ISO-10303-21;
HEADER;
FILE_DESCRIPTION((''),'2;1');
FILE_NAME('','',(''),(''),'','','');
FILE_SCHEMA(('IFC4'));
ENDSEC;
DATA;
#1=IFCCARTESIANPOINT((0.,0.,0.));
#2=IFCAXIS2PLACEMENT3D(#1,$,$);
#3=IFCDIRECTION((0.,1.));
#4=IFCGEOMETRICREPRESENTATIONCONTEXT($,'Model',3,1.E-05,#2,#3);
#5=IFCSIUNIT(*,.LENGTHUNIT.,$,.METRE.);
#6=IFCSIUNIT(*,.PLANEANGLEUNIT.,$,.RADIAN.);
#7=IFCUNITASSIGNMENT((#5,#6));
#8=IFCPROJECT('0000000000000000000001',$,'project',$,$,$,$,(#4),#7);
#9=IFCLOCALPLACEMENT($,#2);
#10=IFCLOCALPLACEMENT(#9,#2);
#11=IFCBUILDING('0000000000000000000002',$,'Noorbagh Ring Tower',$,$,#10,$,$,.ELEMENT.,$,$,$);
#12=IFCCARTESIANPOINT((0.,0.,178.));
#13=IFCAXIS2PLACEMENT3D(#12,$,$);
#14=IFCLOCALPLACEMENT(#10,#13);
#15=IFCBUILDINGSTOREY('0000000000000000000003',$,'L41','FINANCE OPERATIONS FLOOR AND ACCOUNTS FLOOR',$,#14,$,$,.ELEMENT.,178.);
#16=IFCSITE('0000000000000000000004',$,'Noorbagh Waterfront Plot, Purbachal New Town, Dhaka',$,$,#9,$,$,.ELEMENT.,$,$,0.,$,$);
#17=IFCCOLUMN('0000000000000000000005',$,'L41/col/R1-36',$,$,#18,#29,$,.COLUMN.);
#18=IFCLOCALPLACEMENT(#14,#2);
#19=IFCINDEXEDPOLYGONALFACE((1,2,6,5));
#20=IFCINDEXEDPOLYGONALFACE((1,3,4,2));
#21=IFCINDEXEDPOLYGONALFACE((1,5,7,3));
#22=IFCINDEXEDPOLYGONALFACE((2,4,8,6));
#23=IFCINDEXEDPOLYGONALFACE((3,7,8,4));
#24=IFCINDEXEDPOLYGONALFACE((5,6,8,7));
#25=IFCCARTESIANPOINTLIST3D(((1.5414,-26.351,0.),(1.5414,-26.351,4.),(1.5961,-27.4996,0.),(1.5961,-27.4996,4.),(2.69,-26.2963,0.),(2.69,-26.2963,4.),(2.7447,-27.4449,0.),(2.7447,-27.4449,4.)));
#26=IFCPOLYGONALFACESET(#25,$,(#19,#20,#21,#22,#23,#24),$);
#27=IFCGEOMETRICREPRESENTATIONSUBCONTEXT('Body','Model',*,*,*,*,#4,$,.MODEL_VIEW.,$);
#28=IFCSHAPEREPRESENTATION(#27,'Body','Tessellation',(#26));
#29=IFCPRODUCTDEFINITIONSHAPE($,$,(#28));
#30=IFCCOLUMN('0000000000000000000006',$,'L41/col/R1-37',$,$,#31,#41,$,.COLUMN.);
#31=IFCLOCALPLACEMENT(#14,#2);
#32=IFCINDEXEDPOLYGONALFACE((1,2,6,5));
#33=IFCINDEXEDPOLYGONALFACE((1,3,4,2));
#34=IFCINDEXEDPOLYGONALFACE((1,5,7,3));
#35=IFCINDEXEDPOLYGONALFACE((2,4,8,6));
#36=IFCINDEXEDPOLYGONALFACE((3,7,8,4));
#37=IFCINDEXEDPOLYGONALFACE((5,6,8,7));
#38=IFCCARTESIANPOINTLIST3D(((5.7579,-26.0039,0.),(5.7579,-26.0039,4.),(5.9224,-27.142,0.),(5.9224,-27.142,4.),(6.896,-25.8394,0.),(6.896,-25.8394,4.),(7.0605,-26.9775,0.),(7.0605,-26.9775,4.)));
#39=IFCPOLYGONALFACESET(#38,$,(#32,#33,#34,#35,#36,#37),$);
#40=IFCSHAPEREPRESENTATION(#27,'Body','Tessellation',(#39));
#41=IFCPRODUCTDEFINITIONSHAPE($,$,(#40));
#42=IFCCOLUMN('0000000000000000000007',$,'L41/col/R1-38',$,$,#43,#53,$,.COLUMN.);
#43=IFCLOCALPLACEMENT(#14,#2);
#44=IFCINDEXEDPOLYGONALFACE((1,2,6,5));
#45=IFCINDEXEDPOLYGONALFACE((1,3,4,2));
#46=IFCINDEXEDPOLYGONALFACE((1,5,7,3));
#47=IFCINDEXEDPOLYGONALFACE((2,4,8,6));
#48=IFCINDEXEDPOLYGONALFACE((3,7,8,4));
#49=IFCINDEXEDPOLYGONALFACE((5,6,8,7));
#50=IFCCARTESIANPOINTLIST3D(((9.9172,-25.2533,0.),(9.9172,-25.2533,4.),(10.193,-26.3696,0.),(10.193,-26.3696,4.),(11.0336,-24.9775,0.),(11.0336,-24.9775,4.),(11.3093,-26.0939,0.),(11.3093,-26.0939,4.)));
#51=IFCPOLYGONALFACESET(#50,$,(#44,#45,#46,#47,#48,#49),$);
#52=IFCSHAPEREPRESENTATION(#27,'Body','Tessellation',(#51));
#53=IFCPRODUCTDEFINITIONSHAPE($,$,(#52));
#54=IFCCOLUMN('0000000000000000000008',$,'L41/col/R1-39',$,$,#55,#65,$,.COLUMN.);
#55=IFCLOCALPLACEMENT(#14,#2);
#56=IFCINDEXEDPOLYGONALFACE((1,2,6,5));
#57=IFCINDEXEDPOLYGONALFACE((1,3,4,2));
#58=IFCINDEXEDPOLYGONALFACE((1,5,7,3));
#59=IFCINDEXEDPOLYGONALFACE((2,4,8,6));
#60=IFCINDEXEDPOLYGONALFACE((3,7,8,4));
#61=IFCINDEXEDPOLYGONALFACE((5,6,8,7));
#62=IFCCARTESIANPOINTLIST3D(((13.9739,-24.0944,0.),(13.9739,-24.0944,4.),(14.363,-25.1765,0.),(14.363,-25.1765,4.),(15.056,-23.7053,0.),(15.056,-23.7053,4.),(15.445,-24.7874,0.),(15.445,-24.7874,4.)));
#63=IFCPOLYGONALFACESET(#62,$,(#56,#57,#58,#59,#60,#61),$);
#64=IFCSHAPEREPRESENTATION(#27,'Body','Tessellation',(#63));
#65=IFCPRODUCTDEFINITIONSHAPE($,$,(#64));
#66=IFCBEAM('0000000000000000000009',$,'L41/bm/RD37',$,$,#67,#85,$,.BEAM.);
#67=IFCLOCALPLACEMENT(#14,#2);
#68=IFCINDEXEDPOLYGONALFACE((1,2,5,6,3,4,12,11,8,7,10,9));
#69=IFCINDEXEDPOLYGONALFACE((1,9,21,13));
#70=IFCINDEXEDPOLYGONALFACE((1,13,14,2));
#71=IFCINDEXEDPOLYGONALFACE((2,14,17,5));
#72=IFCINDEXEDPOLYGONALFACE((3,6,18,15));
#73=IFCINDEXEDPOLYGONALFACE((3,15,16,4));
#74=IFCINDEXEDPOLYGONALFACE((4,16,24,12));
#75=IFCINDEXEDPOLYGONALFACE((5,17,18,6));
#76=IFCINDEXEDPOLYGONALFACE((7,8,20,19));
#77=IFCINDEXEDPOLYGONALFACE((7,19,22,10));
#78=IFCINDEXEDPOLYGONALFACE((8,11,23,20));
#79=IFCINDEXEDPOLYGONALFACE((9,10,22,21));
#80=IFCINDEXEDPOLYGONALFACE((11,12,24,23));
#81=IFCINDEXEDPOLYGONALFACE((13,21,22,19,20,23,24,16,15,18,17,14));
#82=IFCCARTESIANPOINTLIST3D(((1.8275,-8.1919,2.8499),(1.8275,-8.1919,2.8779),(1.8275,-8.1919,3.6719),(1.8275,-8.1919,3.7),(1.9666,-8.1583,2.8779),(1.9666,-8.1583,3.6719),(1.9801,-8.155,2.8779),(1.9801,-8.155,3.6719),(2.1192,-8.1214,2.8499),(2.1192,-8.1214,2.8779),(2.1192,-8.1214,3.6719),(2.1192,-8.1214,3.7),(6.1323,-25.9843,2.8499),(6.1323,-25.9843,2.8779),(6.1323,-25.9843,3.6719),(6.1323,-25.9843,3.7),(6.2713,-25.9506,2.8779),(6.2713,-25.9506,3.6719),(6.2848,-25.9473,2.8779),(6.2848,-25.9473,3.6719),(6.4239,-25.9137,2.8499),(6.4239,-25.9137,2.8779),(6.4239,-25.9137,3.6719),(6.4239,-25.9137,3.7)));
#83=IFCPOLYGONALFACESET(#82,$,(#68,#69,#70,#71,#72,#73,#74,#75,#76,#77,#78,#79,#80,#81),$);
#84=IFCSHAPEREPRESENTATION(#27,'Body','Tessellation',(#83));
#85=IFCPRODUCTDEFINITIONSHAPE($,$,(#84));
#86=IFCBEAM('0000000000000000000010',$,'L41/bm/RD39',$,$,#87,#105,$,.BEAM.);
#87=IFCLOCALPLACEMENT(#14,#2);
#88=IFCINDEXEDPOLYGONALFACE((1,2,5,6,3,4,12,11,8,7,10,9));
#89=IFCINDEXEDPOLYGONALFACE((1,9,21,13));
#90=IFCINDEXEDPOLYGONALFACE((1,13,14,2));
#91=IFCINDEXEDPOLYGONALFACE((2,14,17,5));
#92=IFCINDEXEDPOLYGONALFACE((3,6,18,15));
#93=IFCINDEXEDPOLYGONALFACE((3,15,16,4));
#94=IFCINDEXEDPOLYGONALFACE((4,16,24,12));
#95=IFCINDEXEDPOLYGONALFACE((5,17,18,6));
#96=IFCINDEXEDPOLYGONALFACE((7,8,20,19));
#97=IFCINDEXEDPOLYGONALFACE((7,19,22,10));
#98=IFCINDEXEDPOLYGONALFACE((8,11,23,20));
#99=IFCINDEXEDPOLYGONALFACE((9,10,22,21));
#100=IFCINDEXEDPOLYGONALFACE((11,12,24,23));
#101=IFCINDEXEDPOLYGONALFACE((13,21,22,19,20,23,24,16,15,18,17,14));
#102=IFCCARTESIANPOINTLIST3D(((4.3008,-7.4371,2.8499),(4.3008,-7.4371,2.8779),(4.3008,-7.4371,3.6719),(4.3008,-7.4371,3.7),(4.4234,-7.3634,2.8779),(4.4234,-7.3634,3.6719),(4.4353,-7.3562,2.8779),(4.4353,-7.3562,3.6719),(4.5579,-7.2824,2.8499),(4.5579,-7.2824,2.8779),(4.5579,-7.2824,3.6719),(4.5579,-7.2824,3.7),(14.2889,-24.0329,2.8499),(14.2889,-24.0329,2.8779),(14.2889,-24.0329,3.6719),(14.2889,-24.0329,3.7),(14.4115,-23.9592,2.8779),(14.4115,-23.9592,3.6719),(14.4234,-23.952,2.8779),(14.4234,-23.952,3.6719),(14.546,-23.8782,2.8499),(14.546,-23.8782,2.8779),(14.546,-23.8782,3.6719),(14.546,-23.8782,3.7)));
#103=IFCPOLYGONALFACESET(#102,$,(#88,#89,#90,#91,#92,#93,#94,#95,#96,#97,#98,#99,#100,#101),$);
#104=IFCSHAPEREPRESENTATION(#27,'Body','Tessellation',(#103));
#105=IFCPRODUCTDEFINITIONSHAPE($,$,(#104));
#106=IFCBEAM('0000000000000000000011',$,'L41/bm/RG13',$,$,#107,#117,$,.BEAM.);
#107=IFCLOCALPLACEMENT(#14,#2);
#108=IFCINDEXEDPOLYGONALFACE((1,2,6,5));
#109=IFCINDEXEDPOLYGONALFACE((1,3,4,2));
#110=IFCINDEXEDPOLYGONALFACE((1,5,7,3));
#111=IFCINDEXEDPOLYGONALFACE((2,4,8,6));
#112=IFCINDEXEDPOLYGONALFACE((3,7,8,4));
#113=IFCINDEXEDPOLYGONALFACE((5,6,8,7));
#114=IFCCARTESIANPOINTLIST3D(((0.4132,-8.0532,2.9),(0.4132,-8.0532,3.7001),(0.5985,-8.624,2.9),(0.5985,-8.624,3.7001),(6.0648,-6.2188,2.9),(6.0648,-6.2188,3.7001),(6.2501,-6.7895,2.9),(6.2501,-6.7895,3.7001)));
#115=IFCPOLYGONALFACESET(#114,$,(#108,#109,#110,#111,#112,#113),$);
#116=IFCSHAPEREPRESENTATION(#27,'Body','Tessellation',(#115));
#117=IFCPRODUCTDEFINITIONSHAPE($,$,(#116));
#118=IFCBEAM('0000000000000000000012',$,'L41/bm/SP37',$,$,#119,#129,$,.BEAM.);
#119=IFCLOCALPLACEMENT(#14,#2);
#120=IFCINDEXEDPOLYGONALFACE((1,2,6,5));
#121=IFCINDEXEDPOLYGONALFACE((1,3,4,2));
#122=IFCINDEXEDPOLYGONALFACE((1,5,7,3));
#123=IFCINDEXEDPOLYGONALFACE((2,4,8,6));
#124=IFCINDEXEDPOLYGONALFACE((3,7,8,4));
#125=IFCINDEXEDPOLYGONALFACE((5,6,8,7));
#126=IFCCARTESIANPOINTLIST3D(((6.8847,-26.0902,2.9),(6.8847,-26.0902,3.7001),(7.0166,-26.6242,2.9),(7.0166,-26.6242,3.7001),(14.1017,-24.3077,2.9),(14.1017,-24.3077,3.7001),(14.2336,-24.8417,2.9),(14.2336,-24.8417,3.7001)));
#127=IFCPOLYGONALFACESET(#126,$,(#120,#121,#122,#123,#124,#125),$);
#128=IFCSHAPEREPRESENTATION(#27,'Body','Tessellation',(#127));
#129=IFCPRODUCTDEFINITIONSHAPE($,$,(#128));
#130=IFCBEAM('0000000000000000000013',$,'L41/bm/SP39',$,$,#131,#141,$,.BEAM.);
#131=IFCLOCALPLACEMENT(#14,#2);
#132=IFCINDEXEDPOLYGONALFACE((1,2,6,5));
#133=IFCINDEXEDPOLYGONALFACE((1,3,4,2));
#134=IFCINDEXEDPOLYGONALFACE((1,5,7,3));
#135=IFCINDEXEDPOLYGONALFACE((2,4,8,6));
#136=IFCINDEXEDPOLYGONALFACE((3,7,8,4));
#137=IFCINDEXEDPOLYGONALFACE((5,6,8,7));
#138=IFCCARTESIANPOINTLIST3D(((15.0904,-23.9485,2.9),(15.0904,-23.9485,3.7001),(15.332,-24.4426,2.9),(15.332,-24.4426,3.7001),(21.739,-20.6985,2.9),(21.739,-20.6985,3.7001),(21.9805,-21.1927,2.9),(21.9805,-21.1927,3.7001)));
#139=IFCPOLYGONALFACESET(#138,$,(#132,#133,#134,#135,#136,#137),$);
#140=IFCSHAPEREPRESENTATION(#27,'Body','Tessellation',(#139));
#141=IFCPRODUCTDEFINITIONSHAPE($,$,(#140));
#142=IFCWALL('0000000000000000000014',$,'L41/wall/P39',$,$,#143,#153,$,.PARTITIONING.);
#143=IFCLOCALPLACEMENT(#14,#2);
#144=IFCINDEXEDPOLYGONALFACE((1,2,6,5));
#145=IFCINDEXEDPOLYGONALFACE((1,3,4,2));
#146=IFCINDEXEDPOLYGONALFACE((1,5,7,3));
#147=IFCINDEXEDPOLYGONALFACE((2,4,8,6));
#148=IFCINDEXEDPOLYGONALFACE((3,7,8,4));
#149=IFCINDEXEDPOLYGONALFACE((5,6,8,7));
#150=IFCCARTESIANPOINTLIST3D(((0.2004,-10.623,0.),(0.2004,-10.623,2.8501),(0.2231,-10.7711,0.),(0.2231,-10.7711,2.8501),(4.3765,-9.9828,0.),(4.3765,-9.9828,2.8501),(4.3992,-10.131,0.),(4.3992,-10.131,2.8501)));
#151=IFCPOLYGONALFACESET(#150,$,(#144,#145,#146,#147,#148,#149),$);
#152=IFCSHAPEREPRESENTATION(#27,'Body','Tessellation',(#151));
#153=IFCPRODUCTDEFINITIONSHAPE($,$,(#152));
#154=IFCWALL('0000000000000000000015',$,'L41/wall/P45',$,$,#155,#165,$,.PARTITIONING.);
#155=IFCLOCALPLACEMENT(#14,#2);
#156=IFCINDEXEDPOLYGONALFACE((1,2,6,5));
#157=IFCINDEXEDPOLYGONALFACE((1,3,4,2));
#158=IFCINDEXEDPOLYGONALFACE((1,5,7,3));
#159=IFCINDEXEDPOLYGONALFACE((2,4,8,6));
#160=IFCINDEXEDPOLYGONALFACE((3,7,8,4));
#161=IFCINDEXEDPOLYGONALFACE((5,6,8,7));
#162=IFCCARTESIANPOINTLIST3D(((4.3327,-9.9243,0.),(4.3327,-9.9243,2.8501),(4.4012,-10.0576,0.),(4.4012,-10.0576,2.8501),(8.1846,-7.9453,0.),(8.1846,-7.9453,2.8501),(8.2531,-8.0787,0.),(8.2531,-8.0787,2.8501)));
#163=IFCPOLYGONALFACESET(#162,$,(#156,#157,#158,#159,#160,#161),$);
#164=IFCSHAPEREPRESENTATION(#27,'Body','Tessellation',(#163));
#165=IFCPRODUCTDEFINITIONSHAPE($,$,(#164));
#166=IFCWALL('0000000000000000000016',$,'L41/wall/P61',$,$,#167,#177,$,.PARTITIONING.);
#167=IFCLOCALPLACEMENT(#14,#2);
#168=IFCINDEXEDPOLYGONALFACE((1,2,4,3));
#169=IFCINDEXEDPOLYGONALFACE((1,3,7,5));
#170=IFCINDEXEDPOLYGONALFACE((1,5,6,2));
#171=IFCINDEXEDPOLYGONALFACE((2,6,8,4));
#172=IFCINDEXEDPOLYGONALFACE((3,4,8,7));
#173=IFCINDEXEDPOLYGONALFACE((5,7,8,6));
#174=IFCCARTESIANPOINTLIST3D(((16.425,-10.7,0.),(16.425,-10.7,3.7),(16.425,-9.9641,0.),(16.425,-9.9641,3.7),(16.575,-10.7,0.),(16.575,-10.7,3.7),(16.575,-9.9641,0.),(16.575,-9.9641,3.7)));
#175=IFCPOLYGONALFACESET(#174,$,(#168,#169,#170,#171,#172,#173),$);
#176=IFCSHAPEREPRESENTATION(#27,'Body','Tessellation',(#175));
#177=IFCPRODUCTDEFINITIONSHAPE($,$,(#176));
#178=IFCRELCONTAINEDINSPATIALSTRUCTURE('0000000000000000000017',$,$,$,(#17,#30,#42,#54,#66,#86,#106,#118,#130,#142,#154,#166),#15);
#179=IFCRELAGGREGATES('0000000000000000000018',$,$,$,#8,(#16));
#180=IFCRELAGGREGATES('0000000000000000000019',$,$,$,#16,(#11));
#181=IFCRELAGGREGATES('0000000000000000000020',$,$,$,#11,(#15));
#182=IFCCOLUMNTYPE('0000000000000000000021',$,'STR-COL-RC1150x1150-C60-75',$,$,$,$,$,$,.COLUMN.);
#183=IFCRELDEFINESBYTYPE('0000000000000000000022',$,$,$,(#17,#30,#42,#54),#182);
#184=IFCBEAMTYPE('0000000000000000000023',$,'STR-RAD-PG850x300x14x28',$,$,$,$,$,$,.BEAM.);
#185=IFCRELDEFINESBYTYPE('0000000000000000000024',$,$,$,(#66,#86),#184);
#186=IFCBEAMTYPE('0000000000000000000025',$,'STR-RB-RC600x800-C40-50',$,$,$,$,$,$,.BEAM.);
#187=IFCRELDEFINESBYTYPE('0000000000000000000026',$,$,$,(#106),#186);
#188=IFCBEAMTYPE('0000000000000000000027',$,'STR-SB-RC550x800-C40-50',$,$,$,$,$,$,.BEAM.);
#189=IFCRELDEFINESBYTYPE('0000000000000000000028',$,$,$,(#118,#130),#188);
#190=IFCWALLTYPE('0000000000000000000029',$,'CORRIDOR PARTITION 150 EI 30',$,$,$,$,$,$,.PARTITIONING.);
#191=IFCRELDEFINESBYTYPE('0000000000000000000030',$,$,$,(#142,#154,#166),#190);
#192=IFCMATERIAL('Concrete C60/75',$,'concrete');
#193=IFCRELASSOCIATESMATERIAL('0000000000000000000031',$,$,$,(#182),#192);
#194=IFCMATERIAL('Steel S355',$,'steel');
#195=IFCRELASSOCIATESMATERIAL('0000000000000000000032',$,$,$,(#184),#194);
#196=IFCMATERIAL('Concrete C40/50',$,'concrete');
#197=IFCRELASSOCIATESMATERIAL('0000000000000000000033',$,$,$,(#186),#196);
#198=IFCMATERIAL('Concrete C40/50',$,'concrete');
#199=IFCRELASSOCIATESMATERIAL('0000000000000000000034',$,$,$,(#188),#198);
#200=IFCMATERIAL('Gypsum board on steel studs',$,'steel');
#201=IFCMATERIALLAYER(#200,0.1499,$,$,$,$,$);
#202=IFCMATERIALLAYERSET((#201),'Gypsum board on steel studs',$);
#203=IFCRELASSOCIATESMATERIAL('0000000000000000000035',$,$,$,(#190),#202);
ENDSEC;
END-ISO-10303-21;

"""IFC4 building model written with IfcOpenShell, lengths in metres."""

from ifc_helpers import new_model, si_unit, direction, frame, frame_2d, origin, origin_2d, place, context, subcontext, project, spatial, rectangle, i_section, extrude, material, layer, layer_set, material_profile, profile_set, type_object, element, save


model = new_model("IFC4")

# Units and contexts
model_context = context("Model", 3, precision=1e-05, world=origin(), true_north=direction((0.0, 1.0)))
body_context = subcontext(model_context, "Body", "Model", "MODEL_VIEW")
ifc_project = project(units=[si_unit("LENGTHUNIT", "METRE"), si_unit("PLANEANGLEUNIT", "RADIAN")], contexts=[model_context])

# Site, building, storey
site_placement = place(None, origin())
site = spatial("IfcSite", under=ifc_project, at=site_placement, Name="Noorbagh Waterfront Plot, Purbachal New Town, Dhaka", CompositionType="ELEMENT", RefElevation=0.0)
building_placement = place(site_placement, origin())
building = spatial("IfcBuilding", under=site, at=building_placement, Name="Noorbagh Ring Tower", CompositionType="ELEMENT")
storey_placement = place(building_placement, frame((0.0, 0.0, 178.0)))
storey = spatial("IfcBuildingStorey", under=building, at=storey_placement, Name="L41", Description="FINANCE OPERATIONS FLOOR AND ACCOUNTS FLOOR", CompositionType="ELEMENT", Elevation=178.0)

# Columns
ifc_material_1 = material(Name="Concrete C60/75", Category="concrete")
ifc_material_profile_1 = material_profile(ifc_material_1, rectangle(XDim=1.1499, YDim=1.1499, at=origin_2d()), Name="RC1150x1150")
ifc_profile_set_1 = profile_set([ifc_material_profile_1], Name="Concrete C60/75")
column_type = type_object("IfcColumnType", Name="STR-COL-RC1150x1150-C60-75", PredefinedType="COLUMN", material=ifc_profile_set_1)
for number, where, z_axis, x_axis, name in (
    (1, (2.1431, -26.8979, 0.0), (0.0, 0.0, 1.0), (0.998869, 0.047553, 0.0), "L41/col/R1-36"),
    (2, (6.4092, -26.4907, 0.0), (0.0, 0.0, 1.0), (0.989713, 0.143066, 0.0), "L41/col/R1-37"),
    (3, (10.6133, -25.6736, 0.0), (0.0, 0.0, 1.0), (0.970829, 0.239771, 0.0), "L41/col/R1-38"),
    (4, (14.7095, -24.4409, 0.0), (0.0, 0.0, 1.0), (0.941025, 0.338338, 0.0), "L41/col/R1-39"),
):
    element("IfcColumn", number, at=place(storey_placement, frame(where, z_axis=z_axis, x_axis=x_axis)), inside=storey, type_object=column_type, Name=name, PredefinedType="COLUMN", context=body_context, shape_type="SweptSolid", body=[
        extrude(rectangle(XDim=1.1499, YDim=1.1499, at=origin_2d()), origin(), (0.0, 0.0, 1.0), 4.0),
    ])

# Beams
ifc_material_2 = material(Name="Steel S355", Category="steel")
ifc_material_profile_2 = material_profile(ifc_material_2, i_section(OverallWidth=0.3, OverallDepth=0.8501, WebThickness=0.0139, FlangeThickness=0.0281, at=origin_2d()), Name="PG850x300x14x28")
ifc_profile_set_2 = profile_set([ifc_material_profile_2], Name="Steel S355")
beam_type_1 = type_object("IfcBeamType", Name="STR-RAD-PG850x300x14x28", PredefinedType="BEAM", material=ifc_profile_set_2)
beam_1_placement = place(storey_placement, frame((6.2781, -25.949, 3.2749), z_axis=(-0.235157, 0.971957, 0.0), x_axis=(-0.971957, -0.235157, 0.0)))
element("IfcBeam", 5, at=beam_1_placement, inside=storey, type_object=beam_type_1, Name="L41/bm/RD37", PredefinedType="BEAM", context=body_context, shape_type="SweptSolid", body=[
    extrude(i_section(OverallWidth=0.3, OverallDepth=0.8501, WebThickness=0.0139, FlangeThickness=0.0281, at=origin_2d()), origin(), (0.0, 0.0, 1.0), 18.3057),
])
beam_2_placement = place(storey_placement, frame((14.4175, -23.9556, 3.2749), z_axis=(-0.515657, 0.856795, 0.0), x_axis=(-0.856795, -0.515657, 0.0)))
element("IfcBeam", 6, at=beam_2_placement, inside=storey, type_object=beam_type_1, Name="L41/bm/RD39", PredefinedType="BEAM", context=body_context, shape_type="SweptSolid", body=[
    extrude(i_section(OverallWidth=0.3, OverallDepth=0.8501, WebThickness=0.0139, FlangeThickness=0.0281, at=origin_2d()), origin(), (0.0, 0.0, 1.0), 19.3696),
])
ifc_material_3 = material(Name="Concrete C40/50", Category="concrete")
ifc_material_profile_3 = material_profile(ifc_material_3, rectangle(XDim=0.6001, YDim=0.8, at=origin_2d()), Name="RC600x800")
ifc_profile_set_3 = profile_set([ifc_material_profile_3], Name="Concrete C40/50")
beam_type_2 = type_object("IfcBeamType", Name="STR-RB-RC600x800-C40-50", PredefinedType="BEAM", material=ifc_profile_set_3)
beam_3_placement = place(storey_placement, frame((0.5059, -8.3386, 3.3), z_axis=(0.951148, 0.308736, 0.0), x_axis=(-0.308736, 0.951148, 0.0)))
element("IfcBeam", 7, at=beam_3_placement, inside=storey, type_object=beam_type_2, Name="L41/bm/RG13", PredefinedType="BEAM", context=body_context, shape_type="SweptSolid", body=[
    extrude(rectangle(XDim=0.6001, YDim=0.8, at=origin_2d()), origin(), (0.0, 0.0, 1.0), 5.9419),
])
ifc_material_4 = material(Name="Concrete C40/50", Category="concrete")
ifc_material_profile_4 = material_profile(ifc_material_4, rectangle(XDim=0.55, YDim=0.8, at=origin_2d()), Name="RC550x800")
ifc_profile_set_4 = profile_set([ifc_material_profile_4], Name="Concrete C40/50")
beam_type_3 = type_object("IfcBeamType", Name="STR-SB-RC550x800-C40-50", PredefinedType="BEAM", material=ifc_profile_set_4)
beam_4_placement = place(storey_placement, frame((6.9507, -26.3572, 3.3), z_axis=(0.970828, 0.239776, 0.0), x_axis=(-0.239776, 0.970828, 0.0)))
element("IfcBeam", 8, at=beam_4_placement, inside=storey, type_object=beam_type_3, Name="L41/bm/SP37", PredefinedType="BEAM", context=body_context, shape_type="SweptSolid", body=[
    extrude(rectangle(XDim=0.55, YDim=0.8, at=origin_2d()), origin(), (0.0, 0.0, 1.0), 7.4338),
])
beam_5_placement = place(storey_placement, frame((15.2112, -24.1956, 3.3), z_axis=(0.898409, 0.439159, 0.0), x_axis=(-0.439159, 0.898409, 0.0)))
element("IfcBeam", 9, at=beam_5_placement, inside=storey, type_object=beam_type_3, Name="L41/bm/SP39", PredefinedType="BEAM", context=body_context, shape_type="SweptSolid", body=[
    extrude(rectangle(XDim=0.55, YDim=0.8, at=origin_2d()), origin(), (0.0, 0.0, 1.0), 7.4004),
])

# Walls
ifc_material_5 = material(Name="Gypsum board on steel studs", Category="steel")
ifc_layer_1 = layer(ifc_material_5, 0.1499)
ifc_layer_set_1 = layer_set([ifc_layer_1], Name="Gypsum board on steel studs")
wall_type_1 = type_object("IfcWallType", Name="CORRIDOR PARTITION 150 EI 30", PredefinedType="PARTITIONING", material=ifc_layer_set_1)
wall_1_placement = place(storey_placement, frame((0.2119, -10.697, 0.0), z_axis=(0.0, 0.0, 1.0), x_axis=(0.988454, 0.151519, 0.0)))
element("IfcWall", 10, at=wall_1_placement, inside=storey, type_object=wall_type_1, Name="L41/wall/P39", PredefinedType="PARTITIONING", context=body_context, shape_type="SweptSolid", body=[
    extrude(rectangle(XDim=4.2249, YDim=0.1499, at=frame_2d((2.1123, 0.0))), origin(), (0.0, 0.0, 1.0), 2.8501),
])
wall_2_placement = place(storey_placement, frame((4.3669, -9.991, 0.0), z_axis=(0.0, 0.0, 1.0), x_axis=(0.88948, 0.456973, 0.0)))
element("IfcWall", 11, at=wall_2_placement, inside=storey, type_object=wall_type_1, Name="L41/wall/P45", PredefinedType="PARTITIONING", context=body_context, shape_type="SweptSolid", body=[
    extrude(rectangle(XDim=4.3306, YDim=0.1499, at=frame_2d((2.1653, 0.0))), origin(), (0.0, 0.0, 1.0), 2.8501),
])
wall_3_placement = place(storey_placement, frame((16.5, -10.7, 0.0), z_axis=(0.0, 0.0, 1.0), x_axis=(0.0, 1.0, 0.0)))
element("IfcWall", 12, at=wall_3_placement, inside=storey, type_object=wall_type_1, Name="L41/wall/P61", PredefinedType="PARTITIONING", context=body_context, shape_type="SweptSolid", body=[
    extrude(rectangle(XDim=0.7358, YDim=0.1499, at=frame_2d((0.3679, 0.0))), origin(), (0.0, 0.0, 1.0), 3.7),
])

save(model, "model.ifc")
